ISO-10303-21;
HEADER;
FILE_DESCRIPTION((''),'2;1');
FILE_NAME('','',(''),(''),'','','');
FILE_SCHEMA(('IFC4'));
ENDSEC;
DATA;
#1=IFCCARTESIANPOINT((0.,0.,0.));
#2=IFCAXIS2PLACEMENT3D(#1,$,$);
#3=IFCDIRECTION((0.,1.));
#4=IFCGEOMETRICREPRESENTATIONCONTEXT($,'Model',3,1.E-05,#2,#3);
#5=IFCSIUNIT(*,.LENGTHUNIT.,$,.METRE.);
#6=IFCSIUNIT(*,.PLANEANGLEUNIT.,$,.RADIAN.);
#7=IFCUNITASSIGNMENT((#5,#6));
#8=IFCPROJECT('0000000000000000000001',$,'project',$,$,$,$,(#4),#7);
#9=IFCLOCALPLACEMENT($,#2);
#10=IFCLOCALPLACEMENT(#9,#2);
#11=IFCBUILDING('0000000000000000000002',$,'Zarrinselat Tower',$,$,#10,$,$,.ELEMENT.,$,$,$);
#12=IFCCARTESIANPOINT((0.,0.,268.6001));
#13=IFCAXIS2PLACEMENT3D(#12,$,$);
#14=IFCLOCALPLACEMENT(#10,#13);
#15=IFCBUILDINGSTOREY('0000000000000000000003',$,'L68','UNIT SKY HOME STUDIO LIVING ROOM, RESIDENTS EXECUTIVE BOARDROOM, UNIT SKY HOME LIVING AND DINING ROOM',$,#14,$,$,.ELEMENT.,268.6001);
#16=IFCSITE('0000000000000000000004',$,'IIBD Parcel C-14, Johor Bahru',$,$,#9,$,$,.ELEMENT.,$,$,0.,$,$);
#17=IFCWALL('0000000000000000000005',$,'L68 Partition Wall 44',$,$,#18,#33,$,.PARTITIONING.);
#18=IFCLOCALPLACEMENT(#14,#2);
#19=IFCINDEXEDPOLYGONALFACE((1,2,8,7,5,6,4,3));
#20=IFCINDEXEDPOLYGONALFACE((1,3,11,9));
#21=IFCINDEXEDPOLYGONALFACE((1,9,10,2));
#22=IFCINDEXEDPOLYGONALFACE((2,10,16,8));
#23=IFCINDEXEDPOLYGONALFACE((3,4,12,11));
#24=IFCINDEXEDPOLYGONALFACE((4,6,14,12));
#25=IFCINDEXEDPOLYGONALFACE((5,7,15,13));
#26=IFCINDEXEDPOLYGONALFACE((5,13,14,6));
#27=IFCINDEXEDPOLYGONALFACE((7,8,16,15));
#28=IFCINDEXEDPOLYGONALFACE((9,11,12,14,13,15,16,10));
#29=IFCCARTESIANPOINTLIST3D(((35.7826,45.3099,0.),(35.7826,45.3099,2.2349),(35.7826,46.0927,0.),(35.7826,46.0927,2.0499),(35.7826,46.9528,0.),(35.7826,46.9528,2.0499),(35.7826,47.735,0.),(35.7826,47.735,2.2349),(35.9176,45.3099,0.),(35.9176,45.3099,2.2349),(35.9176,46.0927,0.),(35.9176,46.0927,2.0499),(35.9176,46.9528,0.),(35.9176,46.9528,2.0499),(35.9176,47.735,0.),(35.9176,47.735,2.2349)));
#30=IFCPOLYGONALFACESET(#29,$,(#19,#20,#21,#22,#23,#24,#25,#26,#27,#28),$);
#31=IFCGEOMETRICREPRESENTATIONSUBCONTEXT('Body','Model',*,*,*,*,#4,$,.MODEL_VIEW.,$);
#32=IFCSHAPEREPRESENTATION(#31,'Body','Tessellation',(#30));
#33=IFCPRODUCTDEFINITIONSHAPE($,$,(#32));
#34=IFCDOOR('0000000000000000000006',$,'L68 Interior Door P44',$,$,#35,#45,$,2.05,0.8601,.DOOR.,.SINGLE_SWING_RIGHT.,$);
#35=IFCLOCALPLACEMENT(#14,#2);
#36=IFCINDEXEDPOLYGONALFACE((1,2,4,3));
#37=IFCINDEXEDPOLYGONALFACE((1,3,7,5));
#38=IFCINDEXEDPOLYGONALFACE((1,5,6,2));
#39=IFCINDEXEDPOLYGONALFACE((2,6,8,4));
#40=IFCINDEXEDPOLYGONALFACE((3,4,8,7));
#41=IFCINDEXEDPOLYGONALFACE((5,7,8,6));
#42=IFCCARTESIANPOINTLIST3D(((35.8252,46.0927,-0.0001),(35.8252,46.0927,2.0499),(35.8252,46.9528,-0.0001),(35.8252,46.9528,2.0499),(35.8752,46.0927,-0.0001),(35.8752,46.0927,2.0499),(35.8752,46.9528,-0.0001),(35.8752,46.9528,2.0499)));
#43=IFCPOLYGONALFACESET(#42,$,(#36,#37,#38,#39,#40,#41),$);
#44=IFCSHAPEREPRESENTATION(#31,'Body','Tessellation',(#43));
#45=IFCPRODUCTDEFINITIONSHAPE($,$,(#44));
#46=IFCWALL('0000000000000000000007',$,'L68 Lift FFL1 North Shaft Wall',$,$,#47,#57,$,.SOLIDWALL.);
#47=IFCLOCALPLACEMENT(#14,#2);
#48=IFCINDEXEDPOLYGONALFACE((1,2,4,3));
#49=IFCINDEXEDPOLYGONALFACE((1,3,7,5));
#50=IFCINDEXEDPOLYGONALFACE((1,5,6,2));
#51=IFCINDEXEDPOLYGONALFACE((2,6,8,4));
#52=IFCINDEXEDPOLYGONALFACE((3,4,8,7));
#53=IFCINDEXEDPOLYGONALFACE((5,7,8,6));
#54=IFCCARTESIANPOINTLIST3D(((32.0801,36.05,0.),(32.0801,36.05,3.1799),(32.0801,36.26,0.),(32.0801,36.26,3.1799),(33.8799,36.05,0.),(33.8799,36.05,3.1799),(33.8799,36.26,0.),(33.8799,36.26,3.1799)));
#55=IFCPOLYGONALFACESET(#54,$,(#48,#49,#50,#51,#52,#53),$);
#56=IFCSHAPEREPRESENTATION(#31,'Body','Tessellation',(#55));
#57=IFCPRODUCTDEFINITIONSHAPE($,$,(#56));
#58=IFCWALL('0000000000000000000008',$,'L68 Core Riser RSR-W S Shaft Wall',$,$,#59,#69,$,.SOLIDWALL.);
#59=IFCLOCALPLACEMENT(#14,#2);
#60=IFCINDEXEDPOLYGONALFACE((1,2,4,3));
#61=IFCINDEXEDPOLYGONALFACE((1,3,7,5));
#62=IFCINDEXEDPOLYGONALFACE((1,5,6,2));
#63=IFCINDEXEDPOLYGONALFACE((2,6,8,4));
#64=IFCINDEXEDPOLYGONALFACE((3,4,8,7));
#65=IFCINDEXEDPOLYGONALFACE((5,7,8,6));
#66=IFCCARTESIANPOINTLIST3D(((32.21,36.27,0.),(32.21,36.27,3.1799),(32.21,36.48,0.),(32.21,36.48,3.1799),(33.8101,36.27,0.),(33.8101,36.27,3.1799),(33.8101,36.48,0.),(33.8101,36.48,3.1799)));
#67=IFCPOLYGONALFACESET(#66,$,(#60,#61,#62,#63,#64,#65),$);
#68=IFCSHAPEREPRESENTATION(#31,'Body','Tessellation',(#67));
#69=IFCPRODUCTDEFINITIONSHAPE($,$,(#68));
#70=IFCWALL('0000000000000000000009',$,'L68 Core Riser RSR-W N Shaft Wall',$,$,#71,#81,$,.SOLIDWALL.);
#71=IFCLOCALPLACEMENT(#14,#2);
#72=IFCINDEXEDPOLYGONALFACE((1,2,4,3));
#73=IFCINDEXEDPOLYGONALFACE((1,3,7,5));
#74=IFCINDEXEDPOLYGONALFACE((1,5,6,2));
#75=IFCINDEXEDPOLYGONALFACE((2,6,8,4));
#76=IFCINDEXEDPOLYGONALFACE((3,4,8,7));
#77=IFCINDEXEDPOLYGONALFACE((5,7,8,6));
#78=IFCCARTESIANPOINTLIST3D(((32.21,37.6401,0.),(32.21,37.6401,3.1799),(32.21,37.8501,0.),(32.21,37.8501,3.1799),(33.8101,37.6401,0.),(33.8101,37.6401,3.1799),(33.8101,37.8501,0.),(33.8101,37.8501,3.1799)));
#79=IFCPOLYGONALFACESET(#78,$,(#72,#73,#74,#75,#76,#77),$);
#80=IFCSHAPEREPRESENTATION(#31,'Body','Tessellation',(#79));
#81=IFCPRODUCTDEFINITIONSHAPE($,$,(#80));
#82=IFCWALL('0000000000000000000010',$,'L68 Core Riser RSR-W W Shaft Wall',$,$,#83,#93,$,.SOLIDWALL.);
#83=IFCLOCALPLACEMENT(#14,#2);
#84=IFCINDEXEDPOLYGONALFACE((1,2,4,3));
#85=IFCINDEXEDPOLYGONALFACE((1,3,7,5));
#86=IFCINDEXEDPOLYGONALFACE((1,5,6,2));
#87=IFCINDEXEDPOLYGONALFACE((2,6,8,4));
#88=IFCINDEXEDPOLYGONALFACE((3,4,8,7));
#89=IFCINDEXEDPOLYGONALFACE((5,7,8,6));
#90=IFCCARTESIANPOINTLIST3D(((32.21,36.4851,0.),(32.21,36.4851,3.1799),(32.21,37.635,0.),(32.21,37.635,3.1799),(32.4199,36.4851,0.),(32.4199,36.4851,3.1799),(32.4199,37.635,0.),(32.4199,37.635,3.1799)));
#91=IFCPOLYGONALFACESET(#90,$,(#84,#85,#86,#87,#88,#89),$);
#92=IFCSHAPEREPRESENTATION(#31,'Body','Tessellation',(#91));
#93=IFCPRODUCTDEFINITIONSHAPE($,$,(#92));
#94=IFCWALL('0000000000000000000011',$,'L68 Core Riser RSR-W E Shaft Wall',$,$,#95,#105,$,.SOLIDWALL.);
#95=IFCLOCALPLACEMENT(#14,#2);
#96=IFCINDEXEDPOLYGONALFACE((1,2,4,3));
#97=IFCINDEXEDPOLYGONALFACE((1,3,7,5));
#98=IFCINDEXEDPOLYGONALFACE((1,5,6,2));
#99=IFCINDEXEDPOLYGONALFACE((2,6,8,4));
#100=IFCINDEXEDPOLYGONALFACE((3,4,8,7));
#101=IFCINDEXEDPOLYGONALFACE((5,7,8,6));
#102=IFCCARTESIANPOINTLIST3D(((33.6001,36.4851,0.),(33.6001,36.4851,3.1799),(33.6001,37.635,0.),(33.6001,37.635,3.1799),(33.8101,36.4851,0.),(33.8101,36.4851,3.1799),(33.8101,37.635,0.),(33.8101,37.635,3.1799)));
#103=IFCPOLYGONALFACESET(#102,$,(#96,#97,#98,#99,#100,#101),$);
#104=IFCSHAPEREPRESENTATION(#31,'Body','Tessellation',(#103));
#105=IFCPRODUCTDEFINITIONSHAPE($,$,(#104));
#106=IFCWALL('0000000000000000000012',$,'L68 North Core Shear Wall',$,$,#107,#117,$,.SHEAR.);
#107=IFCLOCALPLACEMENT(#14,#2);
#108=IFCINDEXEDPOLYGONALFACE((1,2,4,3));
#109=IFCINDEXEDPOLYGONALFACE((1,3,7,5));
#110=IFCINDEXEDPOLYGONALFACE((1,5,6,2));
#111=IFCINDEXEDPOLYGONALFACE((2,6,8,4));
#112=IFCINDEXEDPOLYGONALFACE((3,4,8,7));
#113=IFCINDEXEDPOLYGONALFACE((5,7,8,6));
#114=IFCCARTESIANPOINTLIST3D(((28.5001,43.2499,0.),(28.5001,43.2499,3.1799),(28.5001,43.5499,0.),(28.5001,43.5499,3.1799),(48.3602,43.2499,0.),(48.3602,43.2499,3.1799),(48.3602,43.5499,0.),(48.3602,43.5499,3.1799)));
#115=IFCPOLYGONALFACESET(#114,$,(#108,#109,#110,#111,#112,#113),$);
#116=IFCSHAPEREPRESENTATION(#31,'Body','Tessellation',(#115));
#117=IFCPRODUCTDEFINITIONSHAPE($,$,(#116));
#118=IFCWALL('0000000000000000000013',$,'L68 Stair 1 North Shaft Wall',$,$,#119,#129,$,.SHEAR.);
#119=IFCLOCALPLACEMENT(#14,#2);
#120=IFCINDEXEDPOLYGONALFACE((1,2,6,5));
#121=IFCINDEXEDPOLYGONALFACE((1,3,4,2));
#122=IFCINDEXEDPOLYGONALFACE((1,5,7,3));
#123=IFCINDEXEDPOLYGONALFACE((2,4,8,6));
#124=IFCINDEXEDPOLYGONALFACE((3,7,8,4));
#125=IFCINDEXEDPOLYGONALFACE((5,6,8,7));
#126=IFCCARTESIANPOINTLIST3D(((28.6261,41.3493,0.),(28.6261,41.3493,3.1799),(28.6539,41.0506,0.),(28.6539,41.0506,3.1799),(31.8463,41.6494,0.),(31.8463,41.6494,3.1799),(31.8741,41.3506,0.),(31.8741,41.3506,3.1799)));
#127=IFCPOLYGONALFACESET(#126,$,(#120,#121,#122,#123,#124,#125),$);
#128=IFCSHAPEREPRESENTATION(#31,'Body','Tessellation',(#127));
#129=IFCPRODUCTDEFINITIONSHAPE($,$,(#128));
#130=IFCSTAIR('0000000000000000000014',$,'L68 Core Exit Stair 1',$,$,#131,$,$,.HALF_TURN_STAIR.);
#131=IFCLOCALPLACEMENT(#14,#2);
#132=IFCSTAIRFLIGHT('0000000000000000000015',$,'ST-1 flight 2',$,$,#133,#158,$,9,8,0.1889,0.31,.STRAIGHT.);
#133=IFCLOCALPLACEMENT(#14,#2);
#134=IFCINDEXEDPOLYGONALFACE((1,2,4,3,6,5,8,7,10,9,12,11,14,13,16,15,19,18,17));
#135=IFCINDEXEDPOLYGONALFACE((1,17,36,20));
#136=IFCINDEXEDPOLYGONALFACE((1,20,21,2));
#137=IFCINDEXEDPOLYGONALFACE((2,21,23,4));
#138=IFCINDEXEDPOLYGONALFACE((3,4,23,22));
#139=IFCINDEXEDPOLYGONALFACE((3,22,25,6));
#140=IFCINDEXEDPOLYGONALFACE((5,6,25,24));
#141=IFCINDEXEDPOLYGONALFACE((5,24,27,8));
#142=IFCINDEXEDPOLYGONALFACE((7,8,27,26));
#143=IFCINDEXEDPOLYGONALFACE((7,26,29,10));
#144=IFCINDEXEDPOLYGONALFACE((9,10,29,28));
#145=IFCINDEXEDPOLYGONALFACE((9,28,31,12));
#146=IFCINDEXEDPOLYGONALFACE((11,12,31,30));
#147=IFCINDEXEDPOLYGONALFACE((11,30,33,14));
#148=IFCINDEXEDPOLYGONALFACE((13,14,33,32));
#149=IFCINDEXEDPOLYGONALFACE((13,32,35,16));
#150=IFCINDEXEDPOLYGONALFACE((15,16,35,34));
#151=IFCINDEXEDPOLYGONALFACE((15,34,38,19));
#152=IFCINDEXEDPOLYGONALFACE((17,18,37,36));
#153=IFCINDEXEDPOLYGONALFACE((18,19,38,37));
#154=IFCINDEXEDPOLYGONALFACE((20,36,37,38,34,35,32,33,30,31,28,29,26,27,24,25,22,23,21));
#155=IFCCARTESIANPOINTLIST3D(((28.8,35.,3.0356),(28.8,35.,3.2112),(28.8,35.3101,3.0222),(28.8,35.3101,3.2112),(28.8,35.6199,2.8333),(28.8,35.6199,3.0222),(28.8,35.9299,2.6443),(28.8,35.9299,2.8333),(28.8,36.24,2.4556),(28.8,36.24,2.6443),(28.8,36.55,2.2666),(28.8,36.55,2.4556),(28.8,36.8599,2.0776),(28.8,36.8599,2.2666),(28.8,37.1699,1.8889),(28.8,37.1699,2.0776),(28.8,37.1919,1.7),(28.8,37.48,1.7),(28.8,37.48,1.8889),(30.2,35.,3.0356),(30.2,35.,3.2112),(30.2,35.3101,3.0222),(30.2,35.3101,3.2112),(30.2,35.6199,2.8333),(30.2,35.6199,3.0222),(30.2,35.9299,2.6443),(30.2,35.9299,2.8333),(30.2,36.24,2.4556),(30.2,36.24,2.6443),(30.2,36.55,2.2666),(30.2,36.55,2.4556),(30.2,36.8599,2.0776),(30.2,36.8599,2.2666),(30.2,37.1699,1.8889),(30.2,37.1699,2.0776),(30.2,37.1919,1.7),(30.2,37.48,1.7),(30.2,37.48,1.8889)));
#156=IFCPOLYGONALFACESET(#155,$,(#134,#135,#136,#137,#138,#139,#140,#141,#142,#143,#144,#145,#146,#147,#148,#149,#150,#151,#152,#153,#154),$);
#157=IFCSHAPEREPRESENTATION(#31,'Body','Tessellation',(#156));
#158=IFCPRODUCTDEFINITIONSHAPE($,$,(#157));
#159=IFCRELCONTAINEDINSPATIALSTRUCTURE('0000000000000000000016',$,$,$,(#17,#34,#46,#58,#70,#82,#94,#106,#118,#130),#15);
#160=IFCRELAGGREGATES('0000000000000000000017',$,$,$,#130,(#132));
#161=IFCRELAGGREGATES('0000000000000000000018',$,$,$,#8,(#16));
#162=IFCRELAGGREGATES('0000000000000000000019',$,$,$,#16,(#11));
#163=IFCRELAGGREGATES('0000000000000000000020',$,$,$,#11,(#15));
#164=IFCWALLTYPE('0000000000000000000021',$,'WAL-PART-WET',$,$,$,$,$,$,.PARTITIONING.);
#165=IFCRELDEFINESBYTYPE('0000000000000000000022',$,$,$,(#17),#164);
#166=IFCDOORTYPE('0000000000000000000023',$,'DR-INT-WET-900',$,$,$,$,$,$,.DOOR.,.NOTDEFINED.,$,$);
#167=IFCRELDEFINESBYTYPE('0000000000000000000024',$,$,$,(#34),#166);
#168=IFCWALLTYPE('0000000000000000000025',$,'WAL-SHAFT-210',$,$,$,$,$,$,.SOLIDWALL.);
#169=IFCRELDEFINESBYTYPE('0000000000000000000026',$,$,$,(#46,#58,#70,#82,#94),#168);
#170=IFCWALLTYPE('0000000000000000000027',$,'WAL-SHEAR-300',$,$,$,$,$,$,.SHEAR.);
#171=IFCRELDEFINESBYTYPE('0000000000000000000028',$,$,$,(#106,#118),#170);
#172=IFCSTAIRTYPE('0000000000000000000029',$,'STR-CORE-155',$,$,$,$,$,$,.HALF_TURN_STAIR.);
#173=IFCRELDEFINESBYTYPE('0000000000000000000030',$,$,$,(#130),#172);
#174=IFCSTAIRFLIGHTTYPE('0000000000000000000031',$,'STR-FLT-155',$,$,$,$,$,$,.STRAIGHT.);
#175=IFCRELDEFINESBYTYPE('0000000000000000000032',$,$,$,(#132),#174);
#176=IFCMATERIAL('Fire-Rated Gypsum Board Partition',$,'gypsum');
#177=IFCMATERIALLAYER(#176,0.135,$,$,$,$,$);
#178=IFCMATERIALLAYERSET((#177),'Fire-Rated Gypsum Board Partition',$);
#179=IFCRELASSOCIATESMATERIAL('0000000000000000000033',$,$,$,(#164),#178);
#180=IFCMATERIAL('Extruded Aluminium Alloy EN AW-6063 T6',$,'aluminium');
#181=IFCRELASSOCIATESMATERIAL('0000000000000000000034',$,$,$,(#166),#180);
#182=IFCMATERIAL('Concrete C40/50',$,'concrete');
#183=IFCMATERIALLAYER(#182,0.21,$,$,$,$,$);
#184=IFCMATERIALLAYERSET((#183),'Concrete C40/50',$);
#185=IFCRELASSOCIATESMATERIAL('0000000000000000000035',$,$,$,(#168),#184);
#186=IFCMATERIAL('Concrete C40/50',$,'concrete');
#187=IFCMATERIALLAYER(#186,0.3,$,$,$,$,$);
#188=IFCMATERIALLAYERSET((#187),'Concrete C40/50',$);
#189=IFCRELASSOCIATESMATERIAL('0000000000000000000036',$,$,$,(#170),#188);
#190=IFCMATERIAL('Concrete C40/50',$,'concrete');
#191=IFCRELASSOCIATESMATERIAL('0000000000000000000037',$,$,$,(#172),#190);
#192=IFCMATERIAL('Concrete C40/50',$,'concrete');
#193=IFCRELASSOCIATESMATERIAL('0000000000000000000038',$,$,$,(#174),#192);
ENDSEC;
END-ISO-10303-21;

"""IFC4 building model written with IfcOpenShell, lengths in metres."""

from ifc_helpers import new_model, si_unit, direction, frame, frame_2d, origin, place, context, subcontext, project, spatial, polyline, rectangle, outline, extrude, material, layer, layer_set, type_object, element, fill, aggregate, save


model = new_model("IFC4")

# Units and contexts
model_context = context("Model", 3, precision=1e-05, world=origin(), true_north=direction((0.0, 1.0)))
body_context = subcontext(model_context, "Body", "Model", "MODEL_VIEW")
ifc_project = project(units=[si_unit("LENGTHUNIT", "METRE"), si_unit("PLANEANGLEUNIT", "RADIAN")], contexts=[model_context])

# Site, building, storey
site_placement = place(None, origin())
site = spatial("IfcSite", under=ifc_project, at=site_placement, Name="IIBD Parcel C-14, Johor Bahru", CompositionType="ELEMENT", RefElevation=0.0)
building_placement = place(site_placement, origin())
building = spatial("IfcBuilding", under=site, at=building_placement, Name="Zarrinselat Tower", CompositionType="ELEMENT")
storey_placement = place(building_placement, frame((0.0, 0.0, 268.6001)))
storey = spatial("IfcBuildingStorey", under=building, at=storey_placement, Name="L68", Description="UNIT SKY HOME STUDIO LIVING ROOM, RESIDENTS EXECUTIVE BOARDROOM, UNIT SKY HOME LIVING AND DINING ROOM", CompositionType="ELEMENT", Elevation=268.6001)

# Wall, opening, door
ifc_material_1 = material(Name="Fire-Rated Gypsum Board Partition", Category="gypsum")
ifc_layer_1 = layer(ifc_material_1, 0.135)
ifc_layer_set_1 = layer_set([ifc_layer_1], Name="Fire-Rated Gypsum Board Partition")
wall_type_1 = type_object("IfcWallType", Name="WAL-PART-WET", PredefinedType="PARTITIONING", material=ifc_layer_set_1)
wall_1_placement = place(storey_placement, frame((35.8501, 45.3101, 0.0), z_axis=(0.0, 0.0, 1.0), x_axis=(0.0, 1.0, 0.0)))
wall_1 = element("IfcWall", 1, at=wall_1_placement, inside=storey, type_object=wall_type_1, Name="L68 Partition Wall 44", PredefinedType="PARTITIONING", context=body_context, shape_type="SweptSolid", body=[
    extrude(rectangle(XDim=2.425, YDim=0.135, at=frame_2d((1.2124, 0.0))), origin(), (0.0, 0.0, 1.0), 2.2349),
])
opening_placement = place(wall_1_placement, frame((0.7825, 0.0, 0.0)))
opening = element("IfcOpeningElement", 2, at=opening_placement, cuts=wall_1, PredefinedType="OPENING", context=body_context, shape_type="SweptSolid", body=[
    extrude(rectangle(XDim=0.8601, YDim=2.05, at=frame_2d((0.4302, 1.0249))), frame((0.0, 0.0774, 0.0), z_axis=(0.0, -1.0, 0.0), x_axis=(1.0, 0.0, 0.0)), (0.0, 0.0, 1.0), 0.155),
])
ifc_material_2 = material(Name="Extruded Aluminium Alloy EN AW-6063 T6", Category="aluminium")
door_type = type_object("IfcDoorType", Name="DR-INT-WET-900", OperationType="NOTDEFINED", PredefinedType="DOOR", material=ifc_material_2)
door_placement = place(opening_placement, origin())
door = element("IfcDoor", 3, at=door_placement, inside=storey, type_object=door_type, Name="L68 Interior Door P44", OperationType="SINGLE_SWING_RIGHT", OverallHeight=2.05, OverallWidth=0.8601, PredefinedType="DOOR", context=body_context, shape_type="SweptSolid", body=[
    extrude(rectangle(XDim=0.8601, YDim=2.05, at=frame_2d((0.4302, 1.0249))), frame((0.0, 0.0249, 0.0), z_axis=(0.0, -1.0, 0.0), x_axis=(1.0, 0.0, 0.0)), (0.0, 0.0, 1.0), 0.05),
])
fill(opening, door)

# Walls
ifc_material_3 = material(Name="Concrete C40/50", Category="concrete")
ifc_layer_2 = layer(ifc_material_3, 0.21)
ifc_layer_set_2 = layer_set([ifc_layer_2], Name="Concrete C40/50")
wall_type_2 = type_object("IfcWallType", Name="WAL-SHAFT-210", PredefinedType="SOLIDWALL", material=ifc_layer_set_2)
wall_2_placement = place(storey_placement, frame((32.0801, 36.155, 0.0), z_axis=(0.0, 0.0, 1.0), x_axis=(1.0, 0.0, 0.0)))
element("IfcWall", 4, at=wall_2_placement, inside=storey, type_object=wall_type_2, Name="L68 Lift FFL1 North Shaft Wall", PredefinedType="SOLIDWALL", context=body_context, shape_type="SweptSolid", body=[
    extrude(rectangle(XDim=1.7998, YDim=0.21, at=frame_2d((0.8999, 0.0))), origin(), (0.0, 0.0, 1.0), 3.1799),
])
for number, where, z_axis, x_axis, name in (
    (5, (32.21, 36.375, 0.0), (0.0, 0.0, 1.0), (1.0, 0.0, 0.0), "L68 Core Riser RSR-W S Shaft Wall"),
    (6, (32.21, 37.7451, 0.0), (0.0, 0.0, 1.0), (1.0, 0.0, 0.0), "L68 Core Riser RSR-W N Shaft Wall"),
):
    element("IfcWall", number, at=place(storey_placement, frame(where, z_axis=z_axis, x_axis=x_axis)), inside=storey, type_object=wall_type_2, Name=name, PredefinedType="SOLIDWALL", context=body_context, shape_type="SweptSolid", body=[
        extrude(rectangle(XDim=1.6001, YDim=0.21, at=frame_2d((0.8, 0.0))), origin(), (0.0, 0.0, 1.0), 3.1799),
    ])
for number, where, z_axis, x_axis, name in (
    (7, (32.3149, 36.4851, 0.0), (0.0, 0.0, 1.0), (0.0, 1.0, 0.0), "L68 Core Riser RSR-W W Shaft Wall"),
    (8, (33.7051, 36.4851, 0.0), (0.0, 0.0, 1.0), (0.0, 1.0, 0.0), "L68 Core Riser RSR-W E Shaft Wall"),
):
    element("IfcWall", number, at=place(storey_placement, frame(where, z_axis=z_axis, x_axis=x_axis)), inside=storey, type_object=wall_type_2, Name=name, PredefinedType="SOLIDWALL", context=body_context, shape_type="SweptSolid", body=[
        extrude(rectangle(XDim=1.1499, YDim=0.21, at=frame_2d((0.575, 0.0))), origin(), (0.0, 0.0, 1.0), 3.1799),
    ])
ifc_material_4 = material(Name="Concrete C40/50", Category="concrete")
ifc_layer_3 = layer(ifc_material_4, 0.3)
ifc_layer_set_3 = layer_set([ifc_layer_3], Name="Concrete C40/50")
wall_type_3 = type_object("IfcWallType", Name="WAL-SHEAR-300", PredefinedType="SHEAR", material=ifc_layer_set_3)
wall_3_placement = place(storey_placement, frame((28.5, 43.3999, 0.0), z_axis=(0.0, 0.0, 1.0), x_axis=(1.0, 0.0, 0.0)))
element("IfcWall", 9, at=wall_3_placement, inside=storey, type_object=wall_type_3, Name="L68 North Core Shear Wall", PredefinedType="SHEAR", context=body_context, shape_type="SweptSolid", body=[
    extrude(rectangle(XDim=19.8601, YDim=0.3, at=frame_2d((9.9302, 0.0))), origin(), (0.0, 0.0, 1.0), 3.1799),
])
wall_4_placement = place(storey_placement, frame((28.6399, 41.2, 0.0), z_axis=(0.0, 0.0, 1.0), x_axis=(0.995687, 0.092775, 0.0)))
element("IfcWall", 10, at=wall_4_placement, inside=storey, type_object=wall_type_3, Name="L68 Stair 1 North Shaft Wall", PredefinedType="SHEAR", context=body_context, shape_type="SweptSolid", body=[
    extrude(rectangle(XDim=3.2341, YDim=0.3, at=frame_2d((1.6172, 0.0))), origin(), (0.0, 0.0, 1.0), 3.1799),
])

# Stair, stair flight
ifc_material_5 = material(Name="Concrete C40/50", Category="concrete")
stair_type = type_object("IfcStairType", Name="STR-CORE-155", PredefinedType="HALF_TURN_STAIR", material=ifc_material_5)
stair_placement = place(storey_placement, origin())
stair = element("IfcStair", 11, at=stair_placement, inside=storey, type_object=stair_type, Name="L68 Core Exit Stair 1", PredefinedType="HALF_TURN_STAIR")
ifc_material_6 = material(Name="Concrete C40/50", Category="concrete")
stair_flight_type = type_object("IfcStairFlightType", Name="STR-FLT-155", PredefinedType="STRAIGHT", material=ifc_material_6)
stair_flight_placement = place(storey_placement, frame((29.5, 37.48, 1.7), z_axis=(0.0, 0.0, 1.0), x_axis=(0.0, -1.0, 0.0)))
stair_flight = element("IfcStairFlight", 12, at=stair_flight_placement, type_object=stair_flight_type, Name="ST-1 flight 2", NumberOfRisers=9, NumberOfTreads=8, PredefinedType="STRAIGHT", RiserHeight=0.1889, TreadLength=0.31, context=body_context, shape_type="SweptSolid", body=[
    extrude(outline(polyline([(0.0, 0.0), (0.0, 0.189), (0.3101, 0.189), (0.3101, 0.3777), (0.6201, 0.3777), (0.6201, 0.5667), (0.9299, 0.5667), (0.9299, 0.7556), (1.24, 0.7556), (1.24, 0.9443), (1.55, 0.9443), (1.55, 1.1333), (1.8601, 1.1333), (1.8601, 1.3223), (2.1699, 1.3223), (2.1699, 1.5112), (2.48, 1.5112), (2.48, 1.7), (2.48, 1.3357), (0.2881, 0.0), (0.0, 0.0)])), frame((0.0, 0.7, 0.0), z_axis=(0.0, -1.0, 0.0), x_axis=(1.0, 0.0, 0.0)), (0.0, 0.0, 1.0), 1.3999),
])
aggregate(stair, [stair_flight])

save(model, "model.ifc")
